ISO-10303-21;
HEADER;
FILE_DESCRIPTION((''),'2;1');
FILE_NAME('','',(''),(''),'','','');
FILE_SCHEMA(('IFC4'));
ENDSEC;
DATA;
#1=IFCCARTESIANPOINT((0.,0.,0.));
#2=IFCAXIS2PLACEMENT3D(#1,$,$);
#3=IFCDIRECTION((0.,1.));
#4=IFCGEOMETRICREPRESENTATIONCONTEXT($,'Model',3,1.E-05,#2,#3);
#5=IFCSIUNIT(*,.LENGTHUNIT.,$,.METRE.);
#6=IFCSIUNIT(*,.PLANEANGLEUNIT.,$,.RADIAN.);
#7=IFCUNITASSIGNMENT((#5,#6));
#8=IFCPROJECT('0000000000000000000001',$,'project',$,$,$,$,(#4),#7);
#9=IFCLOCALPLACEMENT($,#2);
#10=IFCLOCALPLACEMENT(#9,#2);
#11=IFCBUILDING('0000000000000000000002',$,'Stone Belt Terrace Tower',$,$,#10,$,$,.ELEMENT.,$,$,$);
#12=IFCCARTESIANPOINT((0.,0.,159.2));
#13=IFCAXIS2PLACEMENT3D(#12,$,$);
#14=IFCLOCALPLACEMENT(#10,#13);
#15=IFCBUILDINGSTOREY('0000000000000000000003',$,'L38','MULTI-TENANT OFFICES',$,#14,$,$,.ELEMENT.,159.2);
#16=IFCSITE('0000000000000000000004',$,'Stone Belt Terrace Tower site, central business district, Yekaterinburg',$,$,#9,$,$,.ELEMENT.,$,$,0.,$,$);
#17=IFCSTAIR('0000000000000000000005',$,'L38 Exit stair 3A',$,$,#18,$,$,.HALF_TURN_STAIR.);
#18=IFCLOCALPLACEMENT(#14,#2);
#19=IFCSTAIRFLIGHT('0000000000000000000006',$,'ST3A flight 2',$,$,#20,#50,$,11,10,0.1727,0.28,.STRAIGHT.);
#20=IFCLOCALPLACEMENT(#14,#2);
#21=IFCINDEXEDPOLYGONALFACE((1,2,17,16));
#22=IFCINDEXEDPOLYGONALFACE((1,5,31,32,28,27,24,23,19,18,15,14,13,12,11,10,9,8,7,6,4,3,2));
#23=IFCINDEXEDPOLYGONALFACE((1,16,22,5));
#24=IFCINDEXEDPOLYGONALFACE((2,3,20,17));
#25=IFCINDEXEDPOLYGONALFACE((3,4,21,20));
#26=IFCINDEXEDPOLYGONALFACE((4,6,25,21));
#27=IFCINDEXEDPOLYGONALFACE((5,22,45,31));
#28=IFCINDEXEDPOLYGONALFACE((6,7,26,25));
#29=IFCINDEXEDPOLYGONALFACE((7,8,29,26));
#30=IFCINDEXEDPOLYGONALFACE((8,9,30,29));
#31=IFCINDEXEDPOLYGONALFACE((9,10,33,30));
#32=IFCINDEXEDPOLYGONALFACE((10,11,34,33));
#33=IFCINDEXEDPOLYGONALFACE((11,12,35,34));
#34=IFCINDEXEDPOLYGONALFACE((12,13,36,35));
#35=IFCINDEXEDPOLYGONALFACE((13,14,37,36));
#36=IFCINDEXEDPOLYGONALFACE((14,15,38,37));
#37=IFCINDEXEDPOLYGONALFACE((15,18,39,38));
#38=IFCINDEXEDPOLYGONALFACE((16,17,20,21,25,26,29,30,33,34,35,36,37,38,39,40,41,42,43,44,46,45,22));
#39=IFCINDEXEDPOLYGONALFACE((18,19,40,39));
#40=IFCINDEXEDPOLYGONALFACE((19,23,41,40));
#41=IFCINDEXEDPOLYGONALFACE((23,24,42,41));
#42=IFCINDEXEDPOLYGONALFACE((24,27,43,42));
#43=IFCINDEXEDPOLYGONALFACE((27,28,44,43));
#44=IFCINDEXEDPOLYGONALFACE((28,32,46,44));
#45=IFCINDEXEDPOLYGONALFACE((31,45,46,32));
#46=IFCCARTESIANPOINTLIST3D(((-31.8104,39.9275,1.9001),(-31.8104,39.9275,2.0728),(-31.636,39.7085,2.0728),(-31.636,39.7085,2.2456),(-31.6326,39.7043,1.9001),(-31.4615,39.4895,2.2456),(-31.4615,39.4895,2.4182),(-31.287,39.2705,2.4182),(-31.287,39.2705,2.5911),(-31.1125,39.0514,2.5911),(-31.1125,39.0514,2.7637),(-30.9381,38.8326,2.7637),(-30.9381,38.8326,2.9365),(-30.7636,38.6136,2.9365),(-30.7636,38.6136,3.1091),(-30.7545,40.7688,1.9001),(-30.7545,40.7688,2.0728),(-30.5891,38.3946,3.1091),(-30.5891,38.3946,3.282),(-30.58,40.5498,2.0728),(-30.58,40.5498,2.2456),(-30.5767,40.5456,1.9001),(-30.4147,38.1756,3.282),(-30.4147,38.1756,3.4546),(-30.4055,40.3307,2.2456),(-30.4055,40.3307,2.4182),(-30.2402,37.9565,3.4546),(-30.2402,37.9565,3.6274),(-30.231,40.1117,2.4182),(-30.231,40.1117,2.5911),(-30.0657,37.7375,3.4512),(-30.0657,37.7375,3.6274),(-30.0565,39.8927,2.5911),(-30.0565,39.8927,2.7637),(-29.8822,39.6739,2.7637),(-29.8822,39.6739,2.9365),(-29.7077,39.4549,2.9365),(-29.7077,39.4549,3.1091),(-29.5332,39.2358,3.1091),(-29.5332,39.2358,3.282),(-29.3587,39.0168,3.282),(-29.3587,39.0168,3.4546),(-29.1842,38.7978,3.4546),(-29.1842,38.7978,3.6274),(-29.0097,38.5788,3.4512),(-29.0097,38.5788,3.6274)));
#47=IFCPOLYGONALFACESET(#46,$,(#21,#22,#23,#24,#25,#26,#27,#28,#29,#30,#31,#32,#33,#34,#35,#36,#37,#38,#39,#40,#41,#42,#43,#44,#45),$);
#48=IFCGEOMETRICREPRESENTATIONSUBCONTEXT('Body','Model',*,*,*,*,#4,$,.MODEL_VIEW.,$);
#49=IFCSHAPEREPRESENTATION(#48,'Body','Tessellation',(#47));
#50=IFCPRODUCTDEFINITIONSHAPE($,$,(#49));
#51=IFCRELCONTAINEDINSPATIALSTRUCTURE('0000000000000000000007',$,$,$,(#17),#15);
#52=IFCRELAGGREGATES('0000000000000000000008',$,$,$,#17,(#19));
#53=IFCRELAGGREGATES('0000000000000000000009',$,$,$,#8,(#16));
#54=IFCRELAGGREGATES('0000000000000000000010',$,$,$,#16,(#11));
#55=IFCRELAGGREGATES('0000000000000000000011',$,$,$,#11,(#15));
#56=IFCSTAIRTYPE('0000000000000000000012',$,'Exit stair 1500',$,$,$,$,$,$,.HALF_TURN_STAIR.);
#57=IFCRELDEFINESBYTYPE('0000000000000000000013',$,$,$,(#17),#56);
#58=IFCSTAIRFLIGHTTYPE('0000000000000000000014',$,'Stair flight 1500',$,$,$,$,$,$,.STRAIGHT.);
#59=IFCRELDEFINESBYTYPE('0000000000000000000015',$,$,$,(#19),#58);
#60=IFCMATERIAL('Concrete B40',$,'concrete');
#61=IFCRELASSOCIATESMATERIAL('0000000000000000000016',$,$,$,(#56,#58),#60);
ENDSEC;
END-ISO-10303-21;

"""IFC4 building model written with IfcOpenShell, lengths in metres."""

from ifc_helpers import new_model, si_unit, direction, frame, origin, place, context, subcontext, project, spatial, polyline, outline, extrude, material, type_object, element, aggregate, save


model = new_model("IFC4")

# Units and contexts
model_context = context("Model", 3, precision=1e-05, world=origin(), true_north=direction((0.0, 1.0)))
body_context = subcontext(model_context, "Body", "Model", "MODEL_VIEW")
ifc_project = project(units=[si_unit("LENGTHUNIT", "METRE"), si_unit("PLANEANGLEUNIT", "RADIAN")], contexts=[model_context])

# Site, building, storey
site_placement = place(None, origin())
site = spatial("IfcSite", under=ifc_project, at=site_placement, Name="Stone Belt Terrace Tower site, central business district, Yekaterinburg", CompositionType="ELEMENT", RefElevation=0.0)
building_placement = place(site_placement, origin())
building = spatial("IfcBuilding", under=site, at=building_placement, Name="Stone Belt Terrace Tower", CompositionType="ELEMENT")
storey_placement = place(building_placement, frame((0.0, 0.0, 159.2)))
storey = spatial("IfcBuildingStorey", under=building, at=storey_placement, Name="L38", Description="MULTI-TENANT OFFICES", CompositionType="ELEMENT", Elevation=159.2)

# Stair, stair flight
ifc_material_1 = material(Name="Concrete B40", Category="concrete")
stair_type = type_object("IfcStairType", Name="Exit stair 1500", PredefinedType="HALF_TURN_STAIR", material=ifc_material_1)
stair_placement = place(storey_placement, origin())
stair = element("IfcStair", 1, at=stair_placement, inside=storey, type_object=stair_type, Name="L38 Exit stair 3A", PredefinedType="HALF_TURN_STAIR")
stair_flight_type = type_object("IfcStairFlightType", Name="Stair flight 1500", PredefinedType="STRAIGHT", material=ifc_material_1)
stair_flight_placement = place(storey_placement, frame((-31.2825, 40.3481, 1.9001), z_axis=(0.0, 0.0, 1.0), x_axis=(0.623121, -0.782125, 0.0)))
stair_flight = element("IfcStairFlight", 2, at=stair_flight_placement, type_object=stair_flight_type, Name="ST3A flight 2", NumberOfRisers=11, NumberOfTreads=10, PredefinedType="STRAIGHT", RiserHeight=0.1727, TreadLength=0.28, context=body_context, shape_type="SweptSolid", body=[
    extrude(outline(polyline([(0.0, 0.0), (0.0, 0.1726), (0.28, 0.1726), (0.28, 0.3455), (0.5601, 0.3455), (0.5601, 0.5181), (0.8401, 0.5181), (0.8401, 0.6909), (1.1201, 0.6909), (1.1201, 0.8635), (1.3999, 0.8635), (1.3999, 1.0364), (1.6799, 1.0364), (1.6799, 1.209), (1.96, 1.209), (1.96, 1.3818), (2.24, 1.3818), (2.24, 1.5544), (2.52, 1.5544), (2.52, 1.7273), (2.8, 1.7273), (2.8, 1.8999), (2.8, 1.551), (0.2854, 0.0), (0.0, 0.0)])), frame((0.0, 0.675, 0.0), z_axis=(0.0, -1.0, 0.0), x_axis=(1.0, 0.0, 0.0)), (0.0, 0.0, 1.0), 1.3501),
])
aggregate(stair, [stair_flight])

save(model, "model.ifc")
